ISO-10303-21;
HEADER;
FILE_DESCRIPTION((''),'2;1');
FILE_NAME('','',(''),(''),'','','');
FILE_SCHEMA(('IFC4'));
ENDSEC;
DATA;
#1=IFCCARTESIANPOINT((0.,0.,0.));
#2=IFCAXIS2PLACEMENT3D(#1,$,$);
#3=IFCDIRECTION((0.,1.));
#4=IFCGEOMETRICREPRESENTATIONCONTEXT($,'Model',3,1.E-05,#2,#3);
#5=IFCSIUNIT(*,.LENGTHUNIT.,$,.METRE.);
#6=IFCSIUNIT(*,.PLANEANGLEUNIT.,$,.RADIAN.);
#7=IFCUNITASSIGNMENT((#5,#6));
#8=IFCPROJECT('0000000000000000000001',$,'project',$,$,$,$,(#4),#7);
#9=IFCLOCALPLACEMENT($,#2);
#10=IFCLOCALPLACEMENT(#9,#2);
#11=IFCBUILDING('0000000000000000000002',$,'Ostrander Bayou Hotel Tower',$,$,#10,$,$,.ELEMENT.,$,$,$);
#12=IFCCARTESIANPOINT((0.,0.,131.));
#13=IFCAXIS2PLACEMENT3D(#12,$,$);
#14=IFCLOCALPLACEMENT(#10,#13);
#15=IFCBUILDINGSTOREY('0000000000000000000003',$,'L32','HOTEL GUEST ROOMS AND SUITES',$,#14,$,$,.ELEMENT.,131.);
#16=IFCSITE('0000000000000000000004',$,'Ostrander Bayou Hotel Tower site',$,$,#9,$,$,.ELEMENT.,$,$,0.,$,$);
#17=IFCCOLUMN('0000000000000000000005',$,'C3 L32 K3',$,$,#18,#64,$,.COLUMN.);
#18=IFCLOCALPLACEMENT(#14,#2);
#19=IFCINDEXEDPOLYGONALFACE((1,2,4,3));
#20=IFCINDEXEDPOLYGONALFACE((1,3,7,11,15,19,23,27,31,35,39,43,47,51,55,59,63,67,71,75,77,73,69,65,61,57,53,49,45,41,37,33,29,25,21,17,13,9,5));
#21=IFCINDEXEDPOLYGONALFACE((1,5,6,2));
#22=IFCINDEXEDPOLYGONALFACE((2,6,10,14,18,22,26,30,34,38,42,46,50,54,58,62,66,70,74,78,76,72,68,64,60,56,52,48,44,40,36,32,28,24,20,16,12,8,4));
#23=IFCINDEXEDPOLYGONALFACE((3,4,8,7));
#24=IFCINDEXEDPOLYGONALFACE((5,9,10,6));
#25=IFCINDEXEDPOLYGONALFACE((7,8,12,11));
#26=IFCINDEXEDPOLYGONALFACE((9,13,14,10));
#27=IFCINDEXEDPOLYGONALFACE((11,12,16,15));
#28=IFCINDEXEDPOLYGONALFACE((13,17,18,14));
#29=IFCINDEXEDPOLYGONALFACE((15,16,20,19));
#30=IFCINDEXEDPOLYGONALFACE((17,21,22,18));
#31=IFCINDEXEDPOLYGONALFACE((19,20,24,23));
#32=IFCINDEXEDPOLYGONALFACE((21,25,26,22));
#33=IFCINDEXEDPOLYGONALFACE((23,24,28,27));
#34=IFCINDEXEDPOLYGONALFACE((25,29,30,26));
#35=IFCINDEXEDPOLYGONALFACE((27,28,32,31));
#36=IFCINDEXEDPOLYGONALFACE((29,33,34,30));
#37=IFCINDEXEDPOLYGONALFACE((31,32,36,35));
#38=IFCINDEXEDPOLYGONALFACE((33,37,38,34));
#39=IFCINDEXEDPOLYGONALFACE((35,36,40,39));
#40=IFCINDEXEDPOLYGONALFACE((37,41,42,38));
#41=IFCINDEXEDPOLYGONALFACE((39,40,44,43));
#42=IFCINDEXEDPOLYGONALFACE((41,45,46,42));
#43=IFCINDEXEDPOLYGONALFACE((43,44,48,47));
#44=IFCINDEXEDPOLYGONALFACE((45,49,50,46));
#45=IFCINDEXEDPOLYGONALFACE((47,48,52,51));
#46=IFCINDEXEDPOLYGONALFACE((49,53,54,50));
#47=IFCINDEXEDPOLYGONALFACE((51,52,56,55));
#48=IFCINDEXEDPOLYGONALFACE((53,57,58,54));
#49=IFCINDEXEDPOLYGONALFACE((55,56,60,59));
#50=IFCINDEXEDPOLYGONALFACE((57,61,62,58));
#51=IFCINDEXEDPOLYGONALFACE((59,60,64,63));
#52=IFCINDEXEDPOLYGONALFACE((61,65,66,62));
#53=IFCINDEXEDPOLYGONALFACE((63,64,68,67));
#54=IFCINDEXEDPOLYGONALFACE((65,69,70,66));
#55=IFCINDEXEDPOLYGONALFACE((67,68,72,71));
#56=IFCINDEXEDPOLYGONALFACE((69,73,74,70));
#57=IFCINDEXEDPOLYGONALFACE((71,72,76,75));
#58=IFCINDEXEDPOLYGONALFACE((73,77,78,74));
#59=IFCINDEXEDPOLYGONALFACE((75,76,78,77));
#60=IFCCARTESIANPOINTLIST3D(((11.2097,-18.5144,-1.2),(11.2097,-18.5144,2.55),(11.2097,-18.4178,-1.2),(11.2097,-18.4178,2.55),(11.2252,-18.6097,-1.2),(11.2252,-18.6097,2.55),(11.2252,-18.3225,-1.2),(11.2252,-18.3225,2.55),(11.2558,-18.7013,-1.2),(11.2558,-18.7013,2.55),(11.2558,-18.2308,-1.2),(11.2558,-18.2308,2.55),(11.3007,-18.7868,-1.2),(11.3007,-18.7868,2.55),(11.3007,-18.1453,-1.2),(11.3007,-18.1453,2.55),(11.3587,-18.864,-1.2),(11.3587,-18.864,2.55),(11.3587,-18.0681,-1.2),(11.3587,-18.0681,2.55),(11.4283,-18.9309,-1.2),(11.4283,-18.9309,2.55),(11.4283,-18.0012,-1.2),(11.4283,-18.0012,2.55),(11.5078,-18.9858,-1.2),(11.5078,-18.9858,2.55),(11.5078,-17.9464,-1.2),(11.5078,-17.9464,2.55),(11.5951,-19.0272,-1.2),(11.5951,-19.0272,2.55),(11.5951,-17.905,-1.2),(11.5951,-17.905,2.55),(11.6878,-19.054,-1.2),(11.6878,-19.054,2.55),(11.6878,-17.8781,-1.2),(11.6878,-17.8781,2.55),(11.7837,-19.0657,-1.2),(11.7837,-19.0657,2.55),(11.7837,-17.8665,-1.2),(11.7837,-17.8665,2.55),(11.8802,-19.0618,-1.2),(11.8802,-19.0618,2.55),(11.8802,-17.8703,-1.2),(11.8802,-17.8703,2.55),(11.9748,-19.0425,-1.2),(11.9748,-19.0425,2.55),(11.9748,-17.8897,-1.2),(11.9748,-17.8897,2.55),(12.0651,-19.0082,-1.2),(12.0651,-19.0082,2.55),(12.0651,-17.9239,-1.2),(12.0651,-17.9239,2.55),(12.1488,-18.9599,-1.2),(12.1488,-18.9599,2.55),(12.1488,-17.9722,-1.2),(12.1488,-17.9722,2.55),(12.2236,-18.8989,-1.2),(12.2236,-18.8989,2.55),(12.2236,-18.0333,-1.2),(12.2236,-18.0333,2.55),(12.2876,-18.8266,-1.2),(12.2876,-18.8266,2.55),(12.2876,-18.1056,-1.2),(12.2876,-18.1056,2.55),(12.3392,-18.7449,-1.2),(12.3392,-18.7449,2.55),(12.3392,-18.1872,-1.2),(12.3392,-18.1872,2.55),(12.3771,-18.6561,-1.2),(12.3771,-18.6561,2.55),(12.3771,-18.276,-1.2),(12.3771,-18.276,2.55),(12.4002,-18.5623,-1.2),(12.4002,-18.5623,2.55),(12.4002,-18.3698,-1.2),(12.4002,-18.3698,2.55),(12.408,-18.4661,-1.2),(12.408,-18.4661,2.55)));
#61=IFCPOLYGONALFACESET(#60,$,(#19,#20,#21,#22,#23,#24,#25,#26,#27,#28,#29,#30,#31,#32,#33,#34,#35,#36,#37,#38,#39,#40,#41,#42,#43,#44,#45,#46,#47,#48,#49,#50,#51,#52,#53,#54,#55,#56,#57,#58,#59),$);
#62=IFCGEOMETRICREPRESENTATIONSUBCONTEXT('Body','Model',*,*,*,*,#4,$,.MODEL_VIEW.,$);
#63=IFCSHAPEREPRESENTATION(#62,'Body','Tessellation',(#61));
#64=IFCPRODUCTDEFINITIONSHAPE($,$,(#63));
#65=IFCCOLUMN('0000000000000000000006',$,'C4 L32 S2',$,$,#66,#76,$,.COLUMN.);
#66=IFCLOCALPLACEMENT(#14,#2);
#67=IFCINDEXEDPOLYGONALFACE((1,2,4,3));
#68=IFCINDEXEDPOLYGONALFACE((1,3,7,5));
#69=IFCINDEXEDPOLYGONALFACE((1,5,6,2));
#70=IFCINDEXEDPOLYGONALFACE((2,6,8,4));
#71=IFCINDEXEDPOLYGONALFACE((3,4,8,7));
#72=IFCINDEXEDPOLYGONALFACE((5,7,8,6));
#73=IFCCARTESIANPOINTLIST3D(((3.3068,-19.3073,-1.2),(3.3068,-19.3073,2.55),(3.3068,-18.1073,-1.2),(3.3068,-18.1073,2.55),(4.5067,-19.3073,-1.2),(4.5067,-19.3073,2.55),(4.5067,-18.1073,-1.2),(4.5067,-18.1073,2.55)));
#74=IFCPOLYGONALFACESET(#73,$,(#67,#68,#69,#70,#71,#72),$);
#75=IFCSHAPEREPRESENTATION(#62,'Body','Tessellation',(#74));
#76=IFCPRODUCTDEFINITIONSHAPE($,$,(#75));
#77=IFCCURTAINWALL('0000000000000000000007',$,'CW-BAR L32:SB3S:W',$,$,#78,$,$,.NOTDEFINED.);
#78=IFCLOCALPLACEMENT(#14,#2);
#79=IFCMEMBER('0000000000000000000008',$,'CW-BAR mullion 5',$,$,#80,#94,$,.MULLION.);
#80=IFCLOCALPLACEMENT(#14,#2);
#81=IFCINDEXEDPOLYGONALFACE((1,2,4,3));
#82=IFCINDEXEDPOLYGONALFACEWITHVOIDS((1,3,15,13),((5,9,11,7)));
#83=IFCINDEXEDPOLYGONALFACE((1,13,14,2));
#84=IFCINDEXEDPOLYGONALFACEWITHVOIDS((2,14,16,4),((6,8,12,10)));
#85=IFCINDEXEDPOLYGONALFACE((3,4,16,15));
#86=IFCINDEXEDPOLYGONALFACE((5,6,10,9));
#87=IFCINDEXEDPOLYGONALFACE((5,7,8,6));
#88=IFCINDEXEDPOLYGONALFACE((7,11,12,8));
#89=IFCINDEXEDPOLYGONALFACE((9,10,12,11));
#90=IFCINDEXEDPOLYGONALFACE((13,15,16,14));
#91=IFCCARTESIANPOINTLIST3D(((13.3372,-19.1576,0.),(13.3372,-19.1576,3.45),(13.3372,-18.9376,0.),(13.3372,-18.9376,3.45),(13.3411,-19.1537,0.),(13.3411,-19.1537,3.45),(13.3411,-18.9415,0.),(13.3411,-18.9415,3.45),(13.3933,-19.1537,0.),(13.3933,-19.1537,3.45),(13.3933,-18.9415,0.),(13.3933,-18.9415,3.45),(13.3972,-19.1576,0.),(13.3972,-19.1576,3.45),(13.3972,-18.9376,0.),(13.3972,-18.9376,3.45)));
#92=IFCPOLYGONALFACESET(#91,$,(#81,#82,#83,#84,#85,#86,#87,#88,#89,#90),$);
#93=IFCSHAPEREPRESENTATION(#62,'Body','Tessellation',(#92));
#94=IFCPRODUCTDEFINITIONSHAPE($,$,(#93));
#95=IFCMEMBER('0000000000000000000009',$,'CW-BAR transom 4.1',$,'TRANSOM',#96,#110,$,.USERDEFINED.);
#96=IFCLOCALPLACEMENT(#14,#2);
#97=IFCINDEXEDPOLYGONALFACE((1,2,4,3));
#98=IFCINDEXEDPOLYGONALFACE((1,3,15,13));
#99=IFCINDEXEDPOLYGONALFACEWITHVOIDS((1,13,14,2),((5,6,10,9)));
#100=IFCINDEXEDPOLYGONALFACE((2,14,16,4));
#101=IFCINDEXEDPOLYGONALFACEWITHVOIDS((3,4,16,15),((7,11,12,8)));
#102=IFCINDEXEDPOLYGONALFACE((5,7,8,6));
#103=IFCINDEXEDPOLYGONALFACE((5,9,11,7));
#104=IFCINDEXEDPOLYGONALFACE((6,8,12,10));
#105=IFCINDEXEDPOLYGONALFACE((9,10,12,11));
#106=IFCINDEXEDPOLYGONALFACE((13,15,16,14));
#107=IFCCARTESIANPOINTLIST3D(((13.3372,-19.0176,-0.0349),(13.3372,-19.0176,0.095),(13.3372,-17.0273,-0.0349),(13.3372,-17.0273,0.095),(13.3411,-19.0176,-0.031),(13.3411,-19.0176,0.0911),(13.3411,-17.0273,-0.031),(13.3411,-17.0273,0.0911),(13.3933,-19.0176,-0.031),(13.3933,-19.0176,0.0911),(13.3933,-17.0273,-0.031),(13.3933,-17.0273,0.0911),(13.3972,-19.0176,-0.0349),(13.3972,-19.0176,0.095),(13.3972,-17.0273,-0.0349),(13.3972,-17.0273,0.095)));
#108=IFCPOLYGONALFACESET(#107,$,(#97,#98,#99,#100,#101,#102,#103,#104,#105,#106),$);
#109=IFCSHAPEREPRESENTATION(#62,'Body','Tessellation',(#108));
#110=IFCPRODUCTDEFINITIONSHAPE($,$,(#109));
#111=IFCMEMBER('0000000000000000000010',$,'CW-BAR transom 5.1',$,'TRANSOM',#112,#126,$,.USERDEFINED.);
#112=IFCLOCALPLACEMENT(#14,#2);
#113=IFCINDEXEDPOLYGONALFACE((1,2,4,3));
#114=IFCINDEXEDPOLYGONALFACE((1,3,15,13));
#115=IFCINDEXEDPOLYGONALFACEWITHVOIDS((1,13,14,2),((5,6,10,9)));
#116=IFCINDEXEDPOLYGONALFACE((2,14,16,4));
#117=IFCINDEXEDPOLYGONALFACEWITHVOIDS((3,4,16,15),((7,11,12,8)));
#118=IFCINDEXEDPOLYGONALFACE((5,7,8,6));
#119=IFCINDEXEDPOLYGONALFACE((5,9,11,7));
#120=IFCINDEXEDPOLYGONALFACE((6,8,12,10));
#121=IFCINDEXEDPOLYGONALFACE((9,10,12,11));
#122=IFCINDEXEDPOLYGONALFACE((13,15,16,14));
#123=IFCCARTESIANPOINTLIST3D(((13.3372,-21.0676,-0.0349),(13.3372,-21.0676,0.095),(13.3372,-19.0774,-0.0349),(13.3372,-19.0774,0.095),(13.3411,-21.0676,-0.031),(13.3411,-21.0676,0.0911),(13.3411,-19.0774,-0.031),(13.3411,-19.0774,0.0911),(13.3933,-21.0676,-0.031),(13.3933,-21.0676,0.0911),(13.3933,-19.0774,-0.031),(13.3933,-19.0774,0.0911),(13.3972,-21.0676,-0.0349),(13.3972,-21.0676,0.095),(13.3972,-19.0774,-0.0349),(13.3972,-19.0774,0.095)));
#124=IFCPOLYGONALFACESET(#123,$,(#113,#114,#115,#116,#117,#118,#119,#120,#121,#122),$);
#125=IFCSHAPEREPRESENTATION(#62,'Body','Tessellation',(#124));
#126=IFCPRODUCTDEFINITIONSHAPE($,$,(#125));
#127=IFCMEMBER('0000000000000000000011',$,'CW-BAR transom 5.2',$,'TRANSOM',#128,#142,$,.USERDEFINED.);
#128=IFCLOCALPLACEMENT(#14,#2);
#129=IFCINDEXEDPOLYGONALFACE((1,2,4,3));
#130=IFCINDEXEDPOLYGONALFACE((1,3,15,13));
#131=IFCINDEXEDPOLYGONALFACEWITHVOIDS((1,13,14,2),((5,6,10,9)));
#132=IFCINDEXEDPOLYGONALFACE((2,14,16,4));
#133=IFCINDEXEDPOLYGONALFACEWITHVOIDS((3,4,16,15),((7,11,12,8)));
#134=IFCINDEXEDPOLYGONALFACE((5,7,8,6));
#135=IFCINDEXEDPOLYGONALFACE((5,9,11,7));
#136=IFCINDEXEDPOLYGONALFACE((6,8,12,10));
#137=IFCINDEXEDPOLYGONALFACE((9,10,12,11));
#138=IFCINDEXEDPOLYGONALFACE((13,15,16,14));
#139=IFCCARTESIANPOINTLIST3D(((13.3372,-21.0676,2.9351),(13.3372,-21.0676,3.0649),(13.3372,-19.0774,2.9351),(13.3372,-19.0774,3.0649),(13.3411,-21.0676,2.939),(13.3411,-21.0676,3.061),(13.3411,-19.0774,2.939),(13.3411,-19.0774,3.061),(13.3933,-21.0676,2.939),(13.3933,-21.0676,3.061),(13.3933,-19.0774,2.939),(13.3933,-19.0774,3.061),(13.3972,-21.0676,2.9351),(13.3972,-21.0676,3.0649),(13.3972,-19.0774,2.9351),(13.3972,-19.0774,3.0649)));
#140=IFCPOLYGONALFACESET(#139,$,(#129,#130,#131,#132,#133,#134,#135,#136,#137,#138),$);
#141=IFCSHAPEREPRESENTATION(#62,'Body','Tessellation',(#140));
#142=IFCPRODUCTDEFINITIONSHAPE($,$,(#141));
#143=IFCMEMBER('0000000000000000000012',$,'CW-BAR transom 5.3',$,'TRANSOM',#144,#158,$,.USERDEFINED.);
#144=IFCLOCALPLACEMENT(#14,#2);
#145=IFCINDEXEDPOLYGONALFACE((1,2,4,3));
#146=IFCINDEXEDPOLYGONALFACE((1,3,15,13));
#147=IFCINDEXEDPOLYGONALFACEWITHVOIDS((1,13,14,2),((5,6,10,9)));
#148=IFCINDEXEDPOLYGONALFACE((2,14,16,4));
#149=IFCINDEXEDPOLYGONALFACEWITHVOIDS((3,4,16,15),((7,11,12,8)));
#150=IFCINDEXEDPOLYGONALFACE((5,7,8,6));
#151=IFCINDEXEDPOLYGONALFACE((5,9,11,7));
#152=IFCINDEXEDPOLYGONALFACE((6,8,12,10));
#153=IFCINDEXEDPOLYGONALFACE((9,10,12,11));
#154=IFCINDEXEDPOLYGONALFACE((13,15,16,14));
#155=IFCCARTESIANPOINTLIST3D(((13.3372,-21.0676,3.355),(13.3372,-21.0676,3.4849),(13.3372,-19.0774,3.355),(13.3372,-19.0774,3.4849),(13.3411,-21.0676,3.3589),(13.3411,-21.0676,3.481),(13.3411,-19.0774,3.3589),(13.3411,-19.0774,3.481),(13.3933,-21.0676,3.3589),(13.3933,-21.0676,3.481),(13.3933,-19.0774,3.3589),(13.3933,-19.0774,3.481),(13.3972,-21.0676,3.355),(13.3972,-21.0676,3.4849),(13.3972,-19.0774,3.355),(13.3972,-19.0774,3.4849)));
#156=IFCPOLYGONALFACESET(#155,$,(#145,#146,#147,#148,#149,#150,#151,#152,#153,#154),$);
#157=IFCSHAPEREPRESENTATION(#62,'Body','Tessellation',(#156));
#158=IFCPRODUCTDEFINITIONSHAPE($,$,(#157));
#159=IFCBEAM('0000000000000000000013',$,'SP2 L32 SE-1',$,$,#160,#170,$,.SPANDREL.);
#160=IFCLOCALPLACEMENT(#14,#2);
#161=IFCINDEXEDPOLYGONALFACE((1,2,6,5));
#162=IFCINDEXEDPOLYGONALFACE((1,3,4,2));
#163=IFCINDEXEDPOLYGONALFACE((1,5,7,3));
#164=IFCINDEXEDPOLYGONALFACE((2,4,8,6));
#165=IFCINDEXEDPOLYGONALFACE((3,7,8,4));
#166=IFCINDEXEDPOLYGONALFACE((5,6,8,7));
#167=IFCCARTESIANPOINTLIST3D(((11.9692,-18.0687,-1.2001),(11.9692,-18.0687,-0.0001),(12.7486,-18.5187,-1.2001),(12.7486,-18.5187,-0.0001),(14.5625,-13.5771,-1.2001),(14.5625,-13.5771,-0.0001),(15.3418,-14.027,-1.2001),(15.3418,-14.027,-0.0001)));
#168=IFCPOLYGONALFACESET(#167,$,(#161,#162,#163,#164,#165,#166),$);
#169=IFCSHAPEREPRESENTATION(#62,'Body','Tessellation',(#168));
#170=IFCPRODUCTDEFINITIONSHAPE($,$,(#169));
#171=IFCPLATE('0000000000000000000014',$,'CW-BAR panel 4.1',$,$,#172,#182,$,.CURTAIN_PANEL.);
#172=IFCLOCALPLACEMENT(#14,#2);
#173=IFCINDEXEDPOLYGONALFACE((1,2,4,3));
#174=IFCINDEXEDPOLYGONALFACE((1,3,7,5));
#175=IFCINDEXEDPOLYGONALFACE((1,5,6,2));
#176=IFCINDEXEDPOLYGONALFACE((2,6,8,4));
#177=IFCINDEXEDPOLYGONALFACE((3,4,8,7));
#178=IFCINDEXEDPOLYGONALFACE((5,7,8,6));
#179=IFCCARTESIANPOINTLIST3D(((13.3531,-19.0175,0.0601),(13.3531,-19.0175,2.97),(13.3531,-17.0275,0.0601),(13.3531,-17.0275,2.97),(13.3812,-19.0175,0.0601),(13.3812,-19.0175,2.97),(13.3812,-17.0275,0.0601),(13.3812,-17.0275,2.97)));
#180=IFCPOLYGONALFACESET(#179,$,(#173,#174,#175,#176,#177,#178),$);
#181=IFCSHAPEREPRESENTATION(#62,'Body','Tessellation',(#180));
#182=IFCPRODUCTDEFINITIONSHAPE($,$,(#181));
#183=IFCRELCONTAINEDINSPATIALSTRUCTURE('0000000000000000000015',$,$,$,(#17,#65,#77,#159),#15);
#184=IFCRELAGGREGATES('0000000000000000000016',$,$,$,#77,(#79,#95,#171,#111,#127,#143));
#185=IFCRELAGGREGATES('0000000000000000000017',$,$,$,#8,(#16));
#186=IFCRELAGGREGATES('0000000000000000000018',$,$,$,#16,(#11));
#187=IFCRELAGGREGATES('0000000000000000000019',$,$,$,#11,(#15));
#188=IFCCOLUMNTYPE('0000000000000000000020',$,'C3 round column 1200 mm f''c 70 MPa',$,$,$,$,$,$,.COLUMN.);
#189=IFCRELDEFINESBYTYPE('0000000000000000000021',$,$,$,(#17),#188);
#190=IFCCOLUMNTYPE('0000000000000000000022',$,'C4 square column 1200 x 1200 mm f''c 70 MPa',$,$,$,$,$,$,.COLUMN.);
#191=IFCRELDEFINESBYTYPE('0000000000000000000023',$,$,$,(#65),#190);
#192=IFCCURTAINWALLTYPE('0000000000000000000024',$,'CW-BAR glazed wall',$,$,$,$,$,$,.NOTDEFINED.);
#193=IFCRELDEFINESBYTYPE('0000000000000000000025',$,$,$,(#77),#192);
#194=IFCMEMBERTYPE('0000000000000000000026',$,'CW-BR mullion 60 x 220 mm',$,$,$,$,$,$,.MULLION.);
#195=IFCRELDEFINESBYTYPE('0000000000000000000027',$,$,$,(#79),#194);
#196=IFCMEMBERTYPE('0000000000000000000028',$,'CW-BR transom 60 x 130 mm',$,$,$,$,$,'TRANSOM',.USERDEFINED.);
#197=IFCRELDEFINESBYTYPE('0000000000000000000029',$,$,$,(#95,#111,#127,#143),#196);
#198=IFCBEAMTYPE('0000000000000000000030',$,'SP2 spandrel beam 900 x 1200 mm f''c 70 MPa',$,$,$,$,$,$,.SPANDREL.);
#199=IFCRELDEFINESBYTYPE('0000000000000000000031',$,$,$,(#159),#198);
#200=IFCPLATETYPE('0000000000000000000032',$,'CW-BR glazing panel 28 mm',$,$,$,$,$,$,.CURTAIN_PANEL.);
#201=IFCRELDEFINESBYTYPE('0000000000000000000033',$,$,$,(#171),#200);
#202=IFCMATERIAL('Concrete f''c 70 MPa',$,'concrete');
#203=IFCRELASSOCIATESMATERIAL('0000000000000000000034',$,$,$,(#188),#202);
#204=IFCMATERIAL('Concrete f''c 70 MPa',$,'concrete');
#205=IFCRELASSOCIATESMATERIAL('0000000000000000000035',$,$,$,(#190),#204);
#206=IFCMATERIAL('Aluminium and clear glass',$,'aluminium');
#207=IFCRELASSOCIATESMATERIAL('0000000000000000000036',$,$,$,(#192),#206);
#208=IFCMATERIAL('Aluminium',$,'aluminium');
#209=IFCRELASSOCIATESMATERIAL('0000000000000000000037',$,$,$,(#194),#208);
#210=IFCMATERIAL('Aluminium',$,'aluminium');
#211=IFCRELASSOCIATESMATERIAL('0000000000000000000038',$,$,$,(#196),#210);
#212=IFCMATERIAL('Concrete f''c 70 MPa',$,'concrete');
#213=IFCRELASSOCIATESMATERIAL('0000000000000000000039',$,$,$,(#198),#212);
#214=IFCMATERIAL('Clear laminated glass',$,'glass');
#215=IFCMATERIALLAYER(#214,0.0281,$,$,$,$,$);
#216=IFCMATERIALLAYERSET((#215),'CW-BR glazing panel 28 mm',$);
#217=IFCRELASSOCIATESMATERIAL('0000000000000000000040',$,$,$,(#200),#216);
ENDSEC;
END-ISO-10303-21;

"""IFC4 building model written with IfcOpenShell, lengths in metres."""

from ifc_helpers import new_model, si_unit, direction, frame, origin, origin_2d, place, context, subcontext, project, spatial, rectangle, hollow_rectangle, circle, extrude, material, layer, layer_set, material_profile, profile_set, type_object, element, aggregate, save


model = new_model("IFC4")

# Units and contexts
model_context = context("Model", 3, precision=1e-05, world=origin(), true_north=direction((0.0, 1.0)))
body_context = subcontext(model_context, "Body", "Model", "MODEL_VIEW")
ifc_project = project(units=[si_unit("LENGTHUNIT", "METRE"), si_unit("PLANEANGLEUNIT", "RADIAN")], contexts=[model_context])

# Site, building, storey
site_placement = place(None, origin())
site = spatial("IfcSite", under=ifc_project, at=site_placement, Name="Ostrander Bayou Hotel Tower site", CompositionType="ELEMENT", RefElevation=0.0)
building_placement = place(site_placement, origin())
building = spatial("IfcBuilding", under=site, at=building_placement, Name="Ostrander Bayou Hotel Tower", CompositionType="ELEMENT")
storey_placement = place(building_placement, frame((0.0, 0.0, 131.0)))
storey = spatial("IfcBuildingStorey", under=building, at=storey_placement, Name="L32", Description="HOTEL GUEST ROOMS AND SUITES", CompositionType="ELEMENT", Elevation=131.0)

# Columns
ifc_material_1 = material(Name="Concrete f'c 70 MPa", Category="concrete")
ifc_material_profile_1 = material_profile(ifc_material_1, circle(Radius=0.6001, at=origin_2d()))
ifc_profile_set_1 = profile_set([ifc_material_profile_1], Name="Concrete f'c 70 MPa")
column_type_1 = type_object("IfcColumnType", Name="C3 round column 1200 mm f'c 70 MPa", PredefinedType="COLUMN", material=ifc_profile_set_1)
column_1_placement = place(storey_placement, frame((11.8079, -18.4661, -1.2), z_axis=(0.0, 0.0, 1.0), x_axis=(1.0, 0.0, 0.0)))
element("IfcColumn", 1, at=column_1_placement, inside=storey, type_object=column_type_1, Name="C3 L32 K3", PredefinedType="COLUMN", context=body_context, shape_type="SweptSolid", body=[
    extrude(circle(Radius=0.6001, at=origin_2d()), origin(), (0.0, 0.0, 1.0), 3.75),
])
ifc_material_2 = material(Name="Concrete f'c 70 MPa", Category="concrete")
ifc_material_profile_2 = material_profile(ifc_material_2, rectangle(XDim=1.2, YDim=1.2, at=origin_2d()))
ifc_profile_set_2 = profile_set([ifc_material_profile_2], Name="Concrete f'c 70 MPa")
column_type_2 = type_object("IfcColumnType", Name="C4 square column 1200 x 1200 mm f'c 70 MPa", PredefinedType="COLUMN", material=ifc_profile_set_2)
column_2_placement = place(storey_placement, frame((3.9067, -18.7073, -1.2), z_axis=(0.0, 0.0, 1.0), x_axis=(-1.0, 0.0, 0.0)))
element("IfcColumn", 2, at=column_2_placement, inside=storey, type_object=column_type_2, Name="C4 L32 S2", PredefinedType="COLUMN", context=body_context, shape_type="SweptSolid", body=[
    extrude(rectangle(XDim=1.2, YDim=1.2, at=origin_2d()), origin(), (0.0, 0.0, 1.0), 3.75),
])

# Curtain wall, members
ifc_material_3 = material(Name="Aluminium and clear glass", Category="aluminium")
curtain_wall_type = type_object("IfcCurtainWallType", Name="CW-BAR glazed wall", PredefinedType="NOTDEFINED", material=ifc_material_3)
curtain_wall_placement = place(storey_placement, origin())
curtain_wall = element("IfcCurtainWall", 3, at=curtain_wall_placement, inside=storey, type_object=curtain_wall_type, Name="CW-BAR L32:SB3S:W", PredefinedType="NOTDEFINED")
ifc_material_4 = material(Name="Aluminium", Category="aluminium")
ifc_material_profile_3 = material_profile(ifc_material_4, hollow_rectangle(XDim=0.0601, YDim=0.22, WallThickness=0.0039, at=origin_2d()))
ifc_profile_set_3 = profile_set([ifc_material_profile_3], Name="Aluminium")
member_type_1 = type_object("IfcMemberType", Name="CW-BR mullion 60 x 220 mm", PredefinedType="MULLION", material=ifc_profile_set_3)
member_1_placement = place(storey_placement, frame((13.3672, -19.0476, 0.0), z_axis=(0.0, 0.0, 1.0), x_axis=(1.0, 0.0, 0.0)))
member_1 = element("IfcMember", 4, at=member_1_placement, type_object=member_type_1, Name="CW-BAR mullion 5", PredefinedType="MULLION", context=body_context, shape_type="SweptSolid", body=[
    extrude(hollow_rectangle(XDim=0.0601, YDim=0.22, WallThickness=0.0039, at=origin_2d()), origin(), (0.0, 0.0, 1.0), 3.45),
])
ifc_material_5 = material(Name="Aluminium", Category="aluminium")
ifc_material_profile_4 = material_profile(ifc_material_5, hollow_rectangle(XDim=0.0601, YDim=0.1299, WallThickness=0.0039, at=origin_2d()))
ifc_profile_set_4 = profile_set([ifc_material_profile_4], Name="Aluminium")
member_type_2 = type_object("IfcMemberType", Name="CW-BR transom 60 x 130 mm", ElementType="TRANSOM", PredefinedType="USERDEFINED", material=ifc_profile_set_4)
member_2_placement = place(storey_placement, frame((13.3672, -17.0273, 0.03), z_axis=(0.0, -1.0, 0.0), x_axis=(1.0, 0.0, 0.0)))
member_2 = element("IfcMember", 5, at=member_2_placement, type_object=member_type_2, Name="CW-BAR transom 4.1", ObjectType="TRANSOM", PredefinedType="USERDEFINED", context=body_context, shape_type="SweptSolid", body=[
    extrude(hollow_rectangle(XDim=0.0601, YDim=0.1299, WallThickness=0.0039, at=origin_2d()), origin(), (0.0, 0.0, 1.0), 1.9902),
])
member_3_placement = place(storey_placement, frame((13.3672, -19.0774, 0.03), z_axis=(0.0, -1.0, 0.0), x_axis=(1.0, 0.0, 0.0)))
member_3 = element("IfcMember", 6, at=member_3_placement, type_object=member_type_2, Name="CW-BAR transom 5.1", ObjectType="TRANSOM", PredefinedType="USERDEFINED", context=body_context, shape_type="SweptSolid", body=[
    extrude(hollow_rectangle(XDim=0.0601, YDim=0.1299, WallThickness=0.0039, at=origin_2d()), origin(), (0.0, 0.0, 1.0), 1.9902),
])
member_4_placement = place(storey_placement, frame((13.3672, -19.0774, 3.0), z_axis=(0.0, -1.0, 0.0), x_axis=(1.0, 0.0, 0.0)))
member_4 = element("IfcMember", 7, at=member_4_placement, type_object=member_type_2, Name="CW-BAR transom 5.2", ObjectType="TRANSOM", PredefinedType="USERDEFINED", context=body_context, shape_type="SweptSolid", body=[
    extrude(hollow_rectangle(XDim=0.0601, YDim=0.1299, WallThickness=0.0039, at=origin_2d()), origin(), (0.0, 0.0, 1.0), 1.9902),
])
member_5_placement = place(storey_placement, frame((13.3672, -19.0774, 3.4199), z_axis=(0.0, -1.0, 0.0), x_axis=(1.0, 0.0, 0.0)))
member_5 = element("IfcMember", 8, at=member_5_placement, type_object=member_type_2, Name="CW-BAR transom 5.3", ObjectType="TRANSOM", PredefinedType="USERDEFINED", context=body_context, shape_type="SweptSolid", body=[
    extrude(hollow_rectangle(XDim=0.0601, YDim=0.1299, WallThickness=0.0039, at=origin_2d()), origin(), (0.0, 0.0, 1.0), 1.9902),
])

# Beam
ifc_material_6 = material(Name="Concrete f'c 70 MPa", Category="concrete")
ifc_material_profile_5 = material_profile(ifc_material_6, rectangle(XDim=0.8999, YDim=1.2, at=origin_2d()))
ifc_profile_set_5 = profile_set([ifc_material_profile_5], Name="Concrete f'c 70 MPa")
beam_type = type_object("IfcBeamType", Name="SP2 spandrel beam 900 x 1200 mm f'c 70 MPa", PredefinedType="SPANDREL", material=ifc_profile_set_5)
beam_placement = place(storey_placement, frame((12.3589, -18.2937, -0.6001), z_axis=(0.499997, 0.866027, 0.0), x_axis=(-0.866027, 0.499997, 0.0)))
element("IfcBeam", 9, at=beam_placement, inside=storey, type_object=beam_type, Name="SP2 L32 SE-1", PredefinedType="SPANDREL", context=body_context, shape_type="SweptSolid", body=[
    extrude(rectangle(XDim=0.8999, YDim=1.2, at=origin_2d()), origin(), (0.0, 0.0, 1.0), 5.1865),
])

# Plate
ifc_material_7 = material(Name="Clear laminated glass", Category="glass")
ifc_layer_1 = layer(ifc_material_7, 0.0281)
ifc_layer_set_1 = layer_set([ifc_layer_1], Name="CW-BR glazing panel 28 mm")
plate_type = type_object("IfcPlateType", Name="CW-BR glazing panel 28 mm", PredefinedType="CURTAIN_PANEL", material=ifc_layer_set_1)
plate_1_placement = place(storey_placement, frame((13.3672, -18.0225, 0.0601), z_axis=(0.0, 0.0, 1.0), x_axis=(0.0, -1.0, 0.0)))
plate_1 = element("IfcPlate", 10, at=plate_1_placement, type_object=plate_type, Name="CW-BAR panel 4.1", PredefinedType="CURTAIN_PANEL", context=body_context, shape_type="SweptSolid", body=[
    extrude(rectangle(XDim=1.99, YDim=0.0281, at=origin_2d()), origin(), (0.0, 0.0, 1.0), 2.9099),
])
aggregate(curtain_wall, [member_1, member_2, plate_1, member_3, member_4, member_5])

save(model, "model.ifc")
